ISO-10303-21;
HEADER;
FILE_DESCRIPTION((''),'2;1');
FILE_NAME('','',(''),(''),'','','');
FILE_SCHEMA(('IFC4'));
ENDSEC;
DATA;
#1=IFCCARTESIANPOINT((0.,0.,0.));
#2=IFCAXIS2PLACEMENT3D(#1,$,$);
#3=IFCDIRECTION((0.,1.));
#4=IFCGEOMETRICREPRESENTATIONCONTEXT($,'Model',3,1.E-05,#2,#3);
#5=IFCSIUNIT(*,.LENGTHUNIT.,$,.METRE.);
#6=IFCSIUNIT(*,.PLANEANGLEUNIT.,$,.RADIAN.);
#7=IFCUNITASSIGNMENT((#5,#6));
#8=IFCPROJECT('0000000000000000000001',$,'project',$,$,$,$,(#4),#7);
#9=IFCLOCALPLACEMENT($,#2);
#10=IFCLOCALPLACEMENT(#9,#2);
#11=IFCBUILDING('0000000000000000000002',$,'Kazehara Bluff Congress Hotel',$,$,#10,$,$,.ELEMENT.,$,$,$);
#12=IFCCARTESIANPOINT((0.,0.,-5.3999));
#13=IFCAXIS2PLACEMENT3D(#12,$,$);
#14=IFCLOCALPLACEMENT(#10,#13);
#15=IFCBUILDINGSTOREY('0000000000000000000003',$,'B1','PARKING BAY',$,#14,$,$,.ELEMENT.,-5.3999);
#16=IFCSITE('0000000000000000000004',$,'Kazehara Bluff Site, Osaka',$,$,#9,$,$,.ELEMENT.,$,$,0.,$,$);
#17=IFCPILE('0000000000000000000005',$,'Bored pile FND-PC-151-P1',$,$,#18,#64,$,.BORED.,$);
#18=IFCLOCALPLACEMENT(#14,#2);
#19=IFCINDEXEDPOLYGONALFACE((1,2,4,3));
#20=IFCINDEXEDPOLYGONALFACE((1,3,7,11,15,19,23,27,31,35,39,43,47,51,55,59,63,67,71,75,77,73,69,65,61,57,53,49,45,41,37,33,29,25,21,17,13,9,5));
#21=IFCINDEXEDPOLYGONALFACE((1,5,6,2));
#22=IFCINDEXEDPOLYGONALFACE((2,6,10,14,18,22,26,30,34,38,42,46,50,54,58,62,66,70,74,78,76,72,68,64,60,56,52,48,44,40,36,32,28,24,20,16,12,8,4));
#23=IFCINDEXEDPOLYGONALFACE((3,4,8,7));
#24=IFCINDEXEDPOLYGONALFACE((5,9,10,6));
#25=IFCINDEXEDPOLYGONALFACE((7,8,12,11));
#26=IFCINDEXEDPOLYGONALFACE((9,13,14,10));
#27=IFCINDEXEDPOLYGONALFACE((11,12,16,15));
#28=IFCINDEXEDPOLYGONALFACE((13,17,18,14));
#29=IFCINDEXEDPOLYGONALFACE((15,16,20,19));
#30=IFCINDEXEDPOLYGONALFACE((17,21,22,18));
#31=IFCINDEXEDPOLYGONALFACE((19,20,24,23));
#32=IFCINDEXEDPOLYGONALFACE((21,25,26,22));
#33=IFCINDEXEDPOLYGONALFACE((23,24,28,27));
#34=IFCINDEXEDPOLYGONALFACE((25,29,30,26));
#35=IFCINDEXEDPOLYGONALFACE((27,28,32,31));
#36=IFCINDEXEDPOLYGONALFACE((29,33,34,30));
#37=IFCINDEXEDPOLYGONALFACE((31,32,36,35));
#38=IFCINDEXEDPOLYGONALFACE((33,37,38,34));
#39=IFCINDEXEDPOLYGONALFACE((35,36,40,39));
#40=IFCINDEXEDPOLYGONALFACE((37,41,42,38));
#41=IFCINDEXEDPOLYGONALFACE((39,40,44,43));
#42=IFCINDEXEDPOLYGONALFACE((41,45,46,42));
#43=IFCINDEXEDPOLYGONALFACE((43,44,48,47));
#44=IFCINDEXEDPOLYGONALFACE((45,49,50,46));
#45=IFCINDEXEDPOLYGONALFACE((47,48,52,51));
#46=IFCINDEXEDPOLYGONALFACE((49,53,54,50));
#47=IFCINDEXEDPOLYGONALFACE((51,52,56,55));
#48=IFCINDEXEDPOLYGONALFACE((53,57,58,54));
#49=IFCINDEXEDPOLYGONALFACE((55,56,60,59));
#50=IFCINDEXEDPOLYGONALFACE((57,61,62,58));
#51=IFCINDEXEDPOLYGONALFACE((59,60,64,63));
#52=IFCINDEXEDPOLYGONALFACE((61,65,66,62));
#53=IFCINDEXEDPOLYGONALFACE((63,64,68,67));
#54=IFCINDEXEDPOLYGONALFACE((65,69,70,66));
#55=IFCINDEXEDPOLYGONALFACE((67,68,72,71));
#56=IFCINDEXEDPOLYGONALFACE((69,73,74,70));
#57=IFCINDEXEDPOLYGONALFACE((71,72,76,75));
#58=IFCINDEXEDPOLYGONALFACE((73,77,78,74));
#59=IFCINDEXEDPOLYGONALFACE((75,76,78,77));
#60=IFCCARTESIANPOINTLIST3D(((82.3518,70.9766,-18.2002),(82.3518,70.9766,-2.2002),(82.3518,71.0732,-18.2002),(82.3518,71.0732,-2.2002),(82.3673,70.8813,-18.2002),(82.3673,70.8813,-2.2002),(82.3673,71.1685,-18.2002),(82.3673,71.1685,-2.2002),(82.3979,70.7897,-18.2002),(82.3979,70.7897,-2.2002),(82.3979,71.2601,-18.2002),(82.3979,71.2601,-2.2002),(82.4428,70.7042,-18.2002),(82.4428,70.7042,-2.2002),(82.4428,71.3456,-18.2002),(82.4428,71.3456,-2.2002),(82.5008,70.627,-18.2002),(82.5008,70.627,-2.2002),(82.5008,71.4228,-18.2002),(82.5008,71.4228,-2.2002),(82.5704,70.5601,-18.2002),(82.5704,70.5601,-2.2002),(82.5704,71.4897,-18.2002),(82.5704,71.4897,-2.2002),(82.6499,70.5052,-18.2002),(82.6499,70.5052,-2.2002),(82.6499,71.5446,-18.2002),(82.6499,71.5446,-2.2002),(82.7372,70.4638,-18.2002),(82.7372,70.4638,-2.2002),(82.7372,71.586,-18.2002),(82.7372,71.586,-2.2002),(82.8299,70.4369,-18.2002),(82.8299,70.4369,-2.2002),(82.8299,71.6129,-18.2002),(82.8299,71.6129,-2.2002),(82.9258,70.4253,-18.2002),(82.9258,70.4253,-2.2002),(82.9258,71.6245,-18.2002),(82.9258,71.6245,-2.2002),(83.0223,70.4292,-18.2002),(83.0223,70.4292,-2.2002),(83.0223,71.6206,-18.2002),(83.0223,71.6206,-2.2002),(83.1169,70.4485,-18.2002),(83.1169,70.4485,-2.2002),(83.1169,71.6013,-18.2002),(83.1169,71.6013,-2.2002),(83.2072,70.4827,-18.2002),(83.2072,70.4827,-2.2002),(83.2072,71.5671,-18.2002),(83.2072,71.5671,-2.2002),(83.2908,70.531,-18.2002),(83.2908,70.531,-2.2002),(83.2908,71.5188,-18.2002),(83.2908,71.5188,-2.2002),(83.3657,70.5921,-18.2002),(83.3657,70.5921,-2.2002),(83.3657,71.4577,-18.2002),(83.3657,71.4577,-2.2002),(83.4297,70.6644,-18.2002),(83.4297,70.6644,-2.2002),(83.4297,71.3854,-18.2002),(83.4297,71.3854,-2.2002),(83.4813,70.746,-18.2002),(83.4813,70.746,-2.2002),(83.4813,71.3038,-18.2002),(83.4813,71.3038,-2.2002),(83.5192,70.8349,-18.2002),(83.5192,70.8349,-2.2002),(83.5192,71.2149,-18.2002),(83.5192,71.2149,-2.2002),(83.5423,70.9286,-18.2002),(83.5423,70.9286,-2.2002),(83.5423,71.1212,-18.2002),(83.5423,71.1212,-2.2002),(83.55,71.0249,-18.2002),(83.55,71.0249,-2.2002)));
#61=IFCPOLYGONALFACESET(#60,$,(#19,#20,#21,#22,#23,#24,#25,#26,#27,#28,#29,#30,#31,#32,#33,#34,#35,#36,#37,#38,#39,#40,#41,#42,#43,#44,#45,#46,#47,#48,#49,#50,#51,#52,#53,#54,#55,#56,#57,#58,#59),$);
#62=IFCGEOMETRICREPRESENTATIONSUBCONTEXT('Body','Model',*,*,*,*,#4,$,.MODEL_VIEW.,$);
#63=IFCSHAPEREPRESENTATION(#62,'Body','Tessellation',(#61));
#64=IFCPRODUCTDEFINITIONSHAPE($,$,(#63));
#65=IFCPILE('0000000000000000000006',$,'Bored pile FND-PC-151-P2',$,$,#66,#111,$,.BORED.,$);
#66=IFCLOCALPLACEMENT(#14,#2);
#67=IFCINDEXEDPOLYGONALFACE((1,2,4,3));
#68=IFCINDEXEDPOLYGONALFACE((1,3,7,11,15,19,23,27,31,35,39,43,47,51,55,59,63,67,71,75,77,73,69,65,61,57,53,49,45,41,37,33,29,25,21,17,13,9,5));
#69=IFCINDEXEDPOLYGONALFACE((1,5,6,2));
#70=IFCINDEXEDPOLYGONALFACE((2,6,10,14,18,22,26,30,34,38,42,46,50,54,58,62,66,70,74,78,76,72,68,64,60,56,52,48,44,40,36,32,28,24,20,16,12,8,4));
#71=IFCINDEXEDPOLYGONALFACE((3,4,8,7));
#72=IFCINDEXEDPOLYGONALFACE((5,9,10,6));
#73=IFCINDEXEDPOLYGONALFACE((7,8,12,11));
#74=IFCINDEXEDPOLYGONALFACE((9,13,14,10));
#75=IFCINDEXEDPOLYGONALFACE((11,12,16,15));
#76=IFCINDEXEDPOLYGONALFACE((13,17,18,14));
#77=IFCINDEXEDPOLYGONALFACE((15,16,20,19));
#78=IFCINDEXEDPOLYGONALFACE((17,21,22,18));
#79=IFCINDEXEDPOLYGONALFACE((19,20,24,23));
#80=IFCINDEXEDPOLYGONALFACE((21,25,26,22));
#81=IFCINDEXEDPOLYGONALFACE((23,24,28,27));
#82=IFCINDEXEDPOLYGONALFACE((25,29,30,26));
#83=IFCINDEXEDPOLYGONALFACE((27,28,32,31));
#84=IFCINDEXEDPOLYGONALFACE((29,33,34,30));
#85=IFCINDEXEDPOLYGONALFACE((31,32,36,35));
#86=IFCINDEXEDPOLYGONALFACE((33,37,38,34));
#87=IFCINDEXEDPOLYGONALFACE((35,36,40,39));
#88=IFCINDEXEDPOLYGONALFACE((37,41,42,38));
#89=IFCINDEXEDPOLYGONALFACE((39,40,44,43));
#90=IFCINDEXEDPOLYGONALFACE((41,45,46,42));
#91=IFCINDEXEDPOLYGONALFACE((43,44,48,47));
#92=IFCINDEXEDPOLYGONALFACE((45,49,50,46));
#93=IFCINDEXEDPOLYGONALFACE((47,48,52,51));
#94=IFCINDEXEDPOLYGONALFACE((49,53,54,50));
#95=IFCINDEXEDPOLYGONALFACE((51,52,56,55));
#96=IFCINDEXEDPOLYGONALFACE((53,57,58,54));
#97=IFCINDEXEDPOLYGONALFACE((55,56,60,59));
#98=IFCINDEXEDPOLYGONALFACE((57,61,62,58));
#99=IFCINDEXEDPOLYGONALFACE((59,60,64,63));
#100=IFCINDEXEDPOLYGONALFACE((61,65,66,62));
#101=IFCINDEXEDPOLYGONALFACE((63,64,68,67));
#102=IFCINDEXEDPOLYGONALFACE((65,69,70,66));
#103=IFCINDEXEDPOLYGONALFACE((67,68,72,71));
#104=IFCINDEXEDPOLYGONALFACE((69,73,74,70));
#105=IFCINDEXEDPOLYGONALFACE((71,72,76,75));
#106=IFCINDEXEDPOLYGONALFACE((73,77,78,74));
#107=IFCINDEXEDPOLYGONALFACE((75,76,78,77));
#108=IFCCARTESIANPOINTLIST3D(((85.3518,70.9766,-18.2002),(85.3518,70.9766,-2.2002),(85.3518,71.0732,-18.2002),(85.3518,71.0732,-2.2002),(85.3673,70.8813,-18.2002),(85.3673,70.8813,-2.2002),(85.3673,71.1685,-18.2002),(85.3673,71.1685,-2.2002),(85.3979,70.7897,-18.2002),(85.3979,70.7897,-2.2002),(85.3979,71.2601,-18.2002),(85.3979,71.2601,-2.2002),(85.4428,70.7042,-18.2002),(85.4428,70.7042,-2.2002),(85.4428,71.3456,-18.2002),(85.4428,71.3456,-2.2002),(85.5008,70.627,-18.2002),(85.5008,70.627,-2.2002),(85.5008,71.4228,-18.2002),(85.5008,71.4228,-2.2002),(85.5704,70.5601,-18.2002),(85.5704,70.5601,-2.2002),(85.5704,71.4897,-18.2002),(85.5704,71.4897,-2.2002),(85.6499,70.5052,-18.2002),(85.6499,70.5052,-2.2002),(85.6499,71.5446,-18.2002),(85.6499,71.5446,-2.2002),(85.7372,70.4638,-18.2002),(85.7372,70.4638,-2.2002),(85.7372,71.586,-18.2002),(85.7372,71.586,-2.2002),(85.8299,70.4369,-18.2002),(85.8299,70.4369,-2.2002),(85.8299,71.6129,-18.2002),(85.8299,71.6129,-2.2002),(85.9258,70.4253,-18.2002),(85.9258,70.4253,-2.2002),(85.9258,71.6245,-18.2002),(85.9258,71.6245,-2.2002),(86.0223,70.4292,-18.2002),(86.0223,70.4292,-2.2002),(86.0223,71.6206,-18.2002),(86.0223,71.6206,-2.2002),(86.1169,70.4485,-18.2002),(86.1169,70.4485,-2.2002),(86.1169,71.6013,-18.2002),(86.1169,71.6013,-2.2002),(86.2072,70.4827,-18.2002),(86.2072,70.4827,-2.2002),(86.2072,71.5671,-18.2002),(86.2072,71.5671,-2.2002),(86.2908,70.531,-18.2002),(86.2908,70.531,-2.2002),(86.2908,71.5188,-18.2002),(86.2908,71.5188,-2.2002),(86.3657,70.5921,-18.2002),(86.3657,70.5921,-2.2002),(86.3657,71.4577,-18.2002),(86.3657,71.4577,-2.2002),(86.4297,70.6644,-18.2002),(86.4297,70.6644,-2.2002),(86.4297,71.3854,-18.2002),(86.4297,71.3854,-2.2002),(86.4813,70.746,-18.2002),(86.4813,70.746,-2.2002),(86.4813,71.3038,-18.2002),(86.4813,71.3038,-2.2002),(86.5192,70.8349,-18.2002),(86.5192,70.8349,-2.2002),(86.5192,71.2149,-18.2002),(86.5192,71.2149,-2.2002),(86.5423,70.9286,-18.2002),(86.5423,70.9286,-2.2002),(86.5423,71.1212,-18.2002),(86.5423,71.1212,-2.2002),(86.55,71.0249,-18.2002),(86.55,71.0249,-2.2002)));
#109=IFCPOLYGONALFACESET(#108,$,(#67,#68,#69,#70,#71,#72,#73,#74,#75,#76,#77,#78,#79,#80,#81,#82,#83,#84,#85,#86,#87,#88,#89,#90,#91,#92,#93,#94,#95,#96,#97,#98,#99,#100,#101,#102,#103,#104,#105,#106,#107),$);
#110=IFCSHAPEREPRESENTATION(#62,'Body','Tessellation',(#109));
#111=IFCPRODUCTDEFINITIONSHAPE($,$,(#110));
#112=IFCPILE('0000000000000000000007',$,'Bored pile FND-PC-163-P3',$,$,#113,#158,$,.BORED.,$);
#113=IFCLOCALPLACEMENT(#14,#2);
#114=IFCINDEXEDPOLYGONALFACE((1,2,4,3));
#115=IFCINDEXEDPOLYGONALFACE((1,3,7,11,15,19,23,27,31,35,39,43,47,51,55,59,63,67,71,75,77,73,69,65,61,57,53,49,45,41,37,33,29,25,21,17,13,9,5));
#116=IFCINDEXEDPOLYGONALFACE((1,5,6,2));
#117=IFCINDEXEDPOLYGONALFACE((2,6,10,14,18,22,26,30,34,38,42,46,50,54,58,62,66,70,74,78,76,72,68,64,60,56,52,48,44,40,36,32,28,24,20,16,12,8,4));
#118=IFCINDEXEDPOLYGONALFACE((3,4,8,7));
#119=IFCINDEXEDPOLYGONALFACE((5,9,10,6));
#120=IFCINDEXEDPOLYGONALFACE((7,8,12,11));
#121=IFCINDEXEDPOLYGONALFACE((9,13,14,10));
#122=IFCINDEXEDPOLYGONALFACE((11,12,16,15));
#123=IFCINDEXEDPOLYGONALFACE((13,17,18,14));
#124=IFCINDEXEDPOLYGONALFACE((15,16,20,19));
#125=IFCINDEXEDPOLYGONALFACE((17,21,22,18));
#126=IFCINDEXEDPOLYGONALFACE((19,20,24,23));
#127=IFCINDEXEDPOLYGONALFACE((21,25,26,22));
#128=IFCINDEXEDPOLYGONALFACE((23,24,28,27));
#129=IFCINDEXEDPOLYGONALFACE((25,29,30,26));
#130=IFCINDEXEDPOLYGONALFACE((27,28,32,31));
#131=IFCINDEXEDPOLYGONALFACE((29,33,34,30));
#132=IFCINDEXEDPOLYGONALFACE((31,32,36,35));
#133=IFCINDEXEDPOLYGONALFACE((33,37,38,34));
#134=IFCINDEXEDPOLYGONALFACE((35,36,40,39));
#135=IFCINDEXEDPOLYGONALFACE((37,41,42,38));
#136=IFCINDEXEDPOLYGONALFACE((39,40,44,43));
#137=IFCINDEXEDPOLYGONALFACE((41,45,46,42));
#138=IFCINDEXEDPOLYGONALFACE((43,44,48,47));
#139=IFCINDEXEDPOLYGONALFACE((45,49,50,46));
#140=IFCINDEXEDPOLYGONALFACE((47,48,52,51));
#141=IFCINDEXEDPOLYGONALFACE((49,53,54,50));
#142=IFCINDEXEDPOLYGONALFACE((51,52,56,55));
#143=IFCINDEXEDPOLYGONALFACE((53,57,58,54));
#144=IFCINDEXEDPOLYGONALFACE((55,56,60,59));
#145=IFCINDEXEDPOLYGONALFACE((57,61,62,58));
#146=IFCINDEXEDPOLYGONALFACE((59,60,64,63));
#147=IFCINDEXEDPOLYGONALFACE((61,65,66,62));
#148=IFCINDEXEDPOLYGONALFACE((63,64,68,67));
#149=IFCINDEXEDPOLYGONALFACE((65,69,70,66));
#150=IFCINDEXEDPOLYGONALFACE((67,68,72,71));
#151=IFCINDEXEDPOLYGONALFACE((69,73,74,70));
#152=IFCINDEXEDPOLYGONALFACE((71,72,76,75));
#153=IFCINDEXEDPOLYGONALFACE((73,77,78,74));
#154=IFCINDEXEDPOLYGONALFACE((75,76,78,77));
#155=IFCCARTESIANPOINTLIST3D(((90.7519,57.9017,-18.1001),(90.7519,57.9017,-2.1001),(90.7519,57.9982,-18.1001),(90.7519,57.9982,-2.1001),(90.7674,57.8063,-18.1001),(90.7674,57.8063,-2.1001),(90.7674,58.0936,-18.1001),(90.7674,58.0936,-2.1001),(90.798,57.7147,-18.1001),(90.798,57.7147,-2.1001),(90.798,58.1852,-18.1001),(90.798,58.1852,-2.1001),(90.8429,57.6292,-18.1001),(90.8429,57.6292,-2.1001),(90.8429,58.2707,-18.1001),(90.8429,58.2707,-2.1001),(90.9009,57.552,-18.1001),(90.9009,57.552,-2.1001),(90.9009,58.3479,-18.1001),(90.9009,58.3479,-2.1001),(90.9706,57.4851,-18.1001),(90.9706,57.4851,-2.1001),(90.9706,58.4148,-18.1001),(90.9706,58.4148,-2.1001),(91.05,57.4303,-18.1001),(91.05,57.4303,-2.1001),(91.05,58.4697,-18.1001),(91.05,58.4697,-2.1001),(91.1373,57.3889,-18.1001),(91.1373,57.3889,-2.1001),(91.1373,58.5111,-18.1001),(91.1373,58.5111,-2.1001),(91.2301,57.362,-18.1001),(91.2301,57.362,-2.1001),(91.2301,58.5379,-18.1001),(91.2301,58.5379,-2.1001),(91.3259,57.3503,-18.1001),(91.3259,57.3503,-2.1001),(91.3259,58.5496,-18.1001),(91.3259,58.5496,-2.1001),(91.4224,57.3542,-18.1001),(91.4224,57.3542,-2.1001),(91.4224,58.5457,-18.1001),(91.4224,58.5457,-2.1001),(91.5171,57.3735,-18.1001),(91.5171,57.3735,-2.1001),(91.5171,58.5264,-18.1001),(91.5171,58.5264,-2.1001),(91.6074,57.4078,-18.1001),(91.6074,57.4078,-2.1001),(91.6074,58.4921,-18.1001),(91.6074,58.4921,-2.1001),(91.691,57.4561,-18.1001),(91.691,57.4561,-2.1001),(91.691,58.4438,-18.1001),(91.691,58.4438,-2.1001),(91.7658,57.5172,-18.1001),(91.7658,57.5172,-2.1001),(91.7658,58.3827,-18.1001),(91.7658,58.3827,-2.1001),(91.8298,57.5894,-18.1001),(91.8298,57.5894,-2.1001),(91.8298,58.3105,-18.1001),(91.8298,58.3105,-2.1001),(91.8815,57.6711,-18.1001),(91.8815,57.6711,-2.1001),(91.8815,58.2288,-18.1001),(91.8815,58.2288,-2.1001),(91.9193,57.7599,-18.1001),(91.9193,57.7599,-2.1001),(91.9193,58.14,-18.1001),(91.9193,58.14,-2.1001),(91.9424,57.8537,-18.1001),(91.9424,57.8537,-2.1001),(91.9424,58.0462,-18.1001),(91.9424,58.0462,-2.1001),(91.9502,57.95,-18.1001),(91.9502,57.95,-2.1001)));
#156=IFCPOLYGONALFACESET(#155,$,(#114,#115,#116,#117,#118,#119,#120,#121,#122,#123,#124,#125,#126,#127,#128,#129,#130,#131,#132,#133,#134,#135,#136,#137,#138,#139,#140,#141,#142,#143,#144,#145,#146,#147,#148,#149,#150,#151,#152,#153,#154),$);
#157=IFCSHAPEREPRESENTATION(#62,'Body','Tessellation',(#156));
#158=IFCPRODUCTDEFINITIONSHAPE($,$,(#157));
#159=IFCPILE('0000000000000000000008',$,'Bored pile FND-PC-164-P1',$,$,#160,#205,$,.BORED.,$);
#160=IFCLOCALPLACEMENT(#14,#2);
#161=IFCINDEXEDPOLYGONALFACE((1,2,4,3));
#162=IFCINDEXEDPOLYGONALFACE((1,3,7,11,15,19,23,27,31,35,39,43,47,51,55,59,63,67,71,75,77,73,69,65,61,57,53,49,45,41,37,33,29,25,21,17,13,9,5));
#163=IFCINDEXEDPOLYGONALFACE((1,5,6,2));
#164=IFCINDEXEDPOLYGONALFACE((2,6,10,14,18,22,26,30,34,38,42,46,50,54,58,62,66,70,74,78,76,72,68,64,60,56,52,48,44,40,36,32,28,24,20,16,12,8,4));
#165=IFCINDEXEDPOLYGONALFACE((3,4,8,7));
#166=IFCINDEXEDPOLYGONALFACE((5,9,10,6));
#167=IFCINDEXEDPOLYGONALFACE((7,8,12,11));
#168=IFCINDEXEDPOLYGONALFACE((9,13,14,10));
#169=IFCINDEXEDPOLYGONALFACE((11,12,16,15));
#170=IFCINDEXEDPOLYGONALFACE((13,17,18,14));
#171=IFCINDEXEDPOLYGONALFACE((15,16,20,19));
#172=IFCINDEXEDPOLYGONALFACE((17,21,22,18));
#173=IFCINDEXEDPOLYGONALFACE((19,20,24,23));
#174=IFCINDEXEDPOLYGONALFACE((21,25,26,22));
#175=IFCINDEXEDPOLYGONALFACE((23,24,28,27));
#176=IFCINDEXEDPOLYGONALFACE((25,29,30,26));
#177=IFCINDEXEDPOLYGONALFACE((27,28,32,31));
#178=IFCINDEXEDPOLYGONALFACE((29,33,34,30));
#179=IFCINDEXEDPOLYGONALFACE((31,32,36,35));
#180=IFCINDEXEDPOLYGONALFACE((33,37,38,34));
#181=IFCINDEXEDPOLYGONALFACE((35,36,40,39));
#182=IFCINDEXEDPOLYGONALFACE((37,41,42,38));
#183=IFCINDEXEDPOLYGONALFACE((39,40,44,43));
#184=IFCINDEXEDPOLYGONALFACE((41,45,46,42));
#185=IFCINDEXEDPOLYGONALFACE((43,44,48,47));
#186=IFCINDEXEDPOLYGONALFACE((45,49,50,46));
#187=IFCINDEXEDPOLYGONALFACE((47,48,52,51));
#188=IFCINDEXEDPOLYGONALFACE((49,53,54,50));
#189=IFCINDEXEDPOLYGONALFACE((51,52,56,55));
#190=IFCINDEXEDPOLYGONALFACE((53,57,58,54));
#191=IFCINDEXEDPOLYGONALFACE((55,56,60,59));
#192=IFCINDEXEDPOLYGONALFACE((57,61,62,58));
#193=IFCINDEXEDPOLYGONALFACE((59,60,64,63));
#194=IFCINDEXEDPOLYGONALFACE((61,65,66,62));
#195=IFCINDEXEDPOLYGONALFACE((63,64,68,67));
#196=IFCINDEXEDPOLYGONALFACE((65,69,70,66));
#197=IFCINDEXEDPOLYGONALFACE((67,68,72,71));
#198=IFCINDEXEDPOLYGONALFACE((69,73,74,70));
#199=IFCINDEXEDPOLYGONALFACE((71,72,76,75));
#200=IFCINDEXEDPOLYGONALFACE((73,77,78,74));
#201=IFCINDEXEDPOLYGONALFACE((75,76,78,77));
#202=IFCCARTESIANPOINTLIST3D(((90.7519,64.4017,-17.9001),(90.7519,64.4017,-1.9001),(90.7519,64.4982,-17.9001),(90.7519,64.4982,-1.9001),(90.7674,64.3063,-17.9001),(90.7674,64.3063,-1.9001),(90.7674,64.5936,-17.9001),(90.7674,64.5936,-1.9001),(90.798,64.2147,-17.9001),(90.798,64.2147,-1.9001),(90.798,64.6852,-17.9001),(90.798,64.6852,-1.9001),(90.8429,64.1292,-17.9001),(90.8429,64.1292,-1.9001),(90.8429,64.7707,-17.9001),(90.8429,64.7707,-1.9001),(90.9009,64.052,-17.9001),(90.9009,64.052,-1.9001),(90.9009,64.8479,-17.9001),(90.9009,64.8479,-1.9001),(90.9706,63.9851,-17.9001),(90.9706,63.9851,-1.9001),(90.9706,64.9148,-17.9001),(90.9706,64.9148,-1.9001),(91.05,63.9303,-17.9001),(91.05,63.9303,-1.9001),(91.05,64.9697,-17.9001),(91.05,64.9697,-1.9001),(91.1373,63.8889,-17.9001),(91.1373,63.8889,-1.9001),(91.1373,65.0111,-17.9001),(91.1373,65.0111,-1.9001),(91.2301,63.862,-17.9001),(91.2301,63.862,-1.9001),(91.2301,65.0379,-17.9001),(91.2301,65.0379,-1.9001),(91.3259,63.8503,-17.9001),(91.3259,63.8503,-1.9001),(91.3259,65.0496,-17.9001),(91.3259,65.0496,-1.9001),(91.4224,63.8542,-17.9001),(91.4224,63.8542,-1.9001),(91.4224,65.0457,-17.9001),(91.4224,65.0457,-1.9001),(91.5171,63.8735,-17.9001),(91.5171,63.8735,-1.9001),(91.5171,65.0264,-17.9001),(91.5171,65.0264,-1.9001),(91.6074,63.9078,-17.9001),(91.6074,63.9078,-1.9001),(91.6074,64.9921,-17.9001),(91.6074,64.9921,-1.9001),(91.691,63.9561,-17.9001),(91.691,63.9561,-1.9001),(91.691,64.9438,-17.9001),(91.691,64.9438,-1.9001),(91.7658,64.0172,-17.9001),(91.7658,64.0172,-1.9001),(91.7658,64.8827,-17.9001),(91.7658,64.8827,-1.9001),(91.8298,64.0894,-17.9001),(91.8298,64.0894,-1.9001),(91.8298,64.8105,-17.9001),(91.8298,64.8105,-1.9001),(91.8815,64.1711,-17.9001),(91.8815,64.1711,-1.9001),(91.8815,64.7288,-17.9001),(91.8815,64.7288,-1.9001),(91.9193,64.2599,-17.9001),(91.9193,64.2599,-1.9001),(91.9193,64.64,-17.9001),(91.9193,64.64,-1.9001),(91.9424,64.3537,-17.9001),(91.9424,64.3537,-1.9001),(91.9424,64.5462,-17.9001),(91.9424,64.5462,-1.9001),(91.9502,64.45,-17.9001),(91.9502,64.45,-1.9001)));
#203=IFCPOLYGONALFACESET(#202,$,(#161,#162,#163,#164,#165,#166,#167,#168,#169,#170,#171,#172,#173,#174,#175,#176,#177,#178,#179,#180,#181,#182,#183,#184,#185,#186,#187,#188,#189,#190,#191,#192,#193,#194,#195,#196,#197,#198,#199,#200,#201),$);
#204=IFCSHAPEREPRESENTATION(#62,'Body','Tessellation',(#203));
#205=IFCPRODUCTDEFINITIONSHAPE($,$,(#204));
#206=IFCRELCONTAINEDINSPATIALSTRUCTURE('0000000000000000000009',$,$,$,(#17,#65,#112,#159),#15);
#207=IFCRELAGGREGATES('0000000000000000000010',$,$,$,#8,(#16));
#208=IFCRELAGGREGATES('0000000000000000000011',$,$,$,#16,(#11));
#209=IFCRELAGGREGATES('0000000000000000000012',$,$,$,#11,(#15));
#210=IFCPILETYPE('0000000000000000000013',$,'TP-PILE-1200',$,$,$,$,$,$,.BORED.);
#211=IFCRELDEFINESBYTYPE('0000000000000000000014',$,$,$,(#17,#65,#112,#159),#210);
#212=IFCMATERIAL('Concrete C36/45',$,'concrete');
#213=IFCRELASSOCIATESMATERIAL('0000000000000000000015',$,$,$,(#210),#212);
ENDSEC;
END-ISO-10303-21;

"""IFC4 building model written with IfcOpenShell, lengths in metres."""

from ifc_helpers import new_model, si_unit, direction, frame, origin, origin_2d, place, context, subcontext, project, spatial, circle, extrude, material, material_profile, profile_set, type_object, element, save


model = new_model("IFC4")

# Units and contexts
model_context = context("Model", 3, precision=1e-05, world=origin(), true_north=direction((0.0, 1.0)))
body_context = subcontext(model_context, "Body", "Model", "MODEL_VIEW")
ifc_project = project(units=[si_unit("LENGTHUNIT", "METRE"), si_unit("PLANEANGLEUNIT", "RADIAN")], contexts=[model_context])

# Site, building, storey
site_placement = place(None, origin())
site = spatial("IfcSite", under=ifc_project, at=site_placement, Name="Kazehara Bluff Site, Osaka", CompositionType="ELEMENT", RefElevation=0.0)
building_placement = place(site_placement, origin())
building = spatial("IfcBuilding", under=site, at=building_placement, Name="Kazehara Bluff Congress Hotel", CompositionType="ELEMENT")
storey_placement = place(building_placement, frame((0.0, 0.0, -5.3999)))
storey = spatial("IfcBuildingStorey", under=building, at=storey_placement, Name="B1", Description="PARKING BAY", CompositionType="ELEMENT", Elevation=-5.3999)

# Piles
ifc_material_1 = material(Name="Concrete C36/45", Category="concrete")
ifc_material_profile_1 = material_profile(ifc_material_1, circle(Radius=0.6001, at=origin_2d()))
ifc_profile_set_1 = profile_set([ifc_material_profile_1], Name="Concrete C36/45")
pile_type = type_object("IfcPileType", Name="TP-PILE-1200", PredefinedType="BORED", material=ifc_profile_set_1)
for number, where, z_axis, x_axis, name in (
    (1, (82.95, 71.0249, -2.2002), (0.0, 0.0, -1.0), (1.0, 0.0, 0.0), "Bored pile FND-PC-151-P1"),
    (2, (85.95, 71.0249, -2.2002), (0.0, 0.0, -1.0), (1.0, 0.0, 0.0), "Bored pile FND-PC-151-P2"),
    (3, (91.3501, 57.95, -2.1001), (0.0, 0.0, -1.0), (1.0, 0.0, 0.0), "Bored pile FND-PC-163-P3"),
    (4, (91.3501, 64.45, -1.9001), (0.0, 0.0, -1.0), (1.0, 0.0, 0.0), "Bored pile FND-PC-164-P1"),
):
    element("IfcPile", number, at=place(storey_placement, frame(where, z_axis=z_axis, x_axis=x_axis)), inside=storey, type_object=pile_type, Name=name, PredefinedType="BORED", context=body_context, shape_type="SweptSolid", body=[
        extrude(circle(Radius=0.6001, at=origin_2d()), origin(), (0.0, 0.0, 1.0), 16.0),
    ])

save(model, "model.ifc")
